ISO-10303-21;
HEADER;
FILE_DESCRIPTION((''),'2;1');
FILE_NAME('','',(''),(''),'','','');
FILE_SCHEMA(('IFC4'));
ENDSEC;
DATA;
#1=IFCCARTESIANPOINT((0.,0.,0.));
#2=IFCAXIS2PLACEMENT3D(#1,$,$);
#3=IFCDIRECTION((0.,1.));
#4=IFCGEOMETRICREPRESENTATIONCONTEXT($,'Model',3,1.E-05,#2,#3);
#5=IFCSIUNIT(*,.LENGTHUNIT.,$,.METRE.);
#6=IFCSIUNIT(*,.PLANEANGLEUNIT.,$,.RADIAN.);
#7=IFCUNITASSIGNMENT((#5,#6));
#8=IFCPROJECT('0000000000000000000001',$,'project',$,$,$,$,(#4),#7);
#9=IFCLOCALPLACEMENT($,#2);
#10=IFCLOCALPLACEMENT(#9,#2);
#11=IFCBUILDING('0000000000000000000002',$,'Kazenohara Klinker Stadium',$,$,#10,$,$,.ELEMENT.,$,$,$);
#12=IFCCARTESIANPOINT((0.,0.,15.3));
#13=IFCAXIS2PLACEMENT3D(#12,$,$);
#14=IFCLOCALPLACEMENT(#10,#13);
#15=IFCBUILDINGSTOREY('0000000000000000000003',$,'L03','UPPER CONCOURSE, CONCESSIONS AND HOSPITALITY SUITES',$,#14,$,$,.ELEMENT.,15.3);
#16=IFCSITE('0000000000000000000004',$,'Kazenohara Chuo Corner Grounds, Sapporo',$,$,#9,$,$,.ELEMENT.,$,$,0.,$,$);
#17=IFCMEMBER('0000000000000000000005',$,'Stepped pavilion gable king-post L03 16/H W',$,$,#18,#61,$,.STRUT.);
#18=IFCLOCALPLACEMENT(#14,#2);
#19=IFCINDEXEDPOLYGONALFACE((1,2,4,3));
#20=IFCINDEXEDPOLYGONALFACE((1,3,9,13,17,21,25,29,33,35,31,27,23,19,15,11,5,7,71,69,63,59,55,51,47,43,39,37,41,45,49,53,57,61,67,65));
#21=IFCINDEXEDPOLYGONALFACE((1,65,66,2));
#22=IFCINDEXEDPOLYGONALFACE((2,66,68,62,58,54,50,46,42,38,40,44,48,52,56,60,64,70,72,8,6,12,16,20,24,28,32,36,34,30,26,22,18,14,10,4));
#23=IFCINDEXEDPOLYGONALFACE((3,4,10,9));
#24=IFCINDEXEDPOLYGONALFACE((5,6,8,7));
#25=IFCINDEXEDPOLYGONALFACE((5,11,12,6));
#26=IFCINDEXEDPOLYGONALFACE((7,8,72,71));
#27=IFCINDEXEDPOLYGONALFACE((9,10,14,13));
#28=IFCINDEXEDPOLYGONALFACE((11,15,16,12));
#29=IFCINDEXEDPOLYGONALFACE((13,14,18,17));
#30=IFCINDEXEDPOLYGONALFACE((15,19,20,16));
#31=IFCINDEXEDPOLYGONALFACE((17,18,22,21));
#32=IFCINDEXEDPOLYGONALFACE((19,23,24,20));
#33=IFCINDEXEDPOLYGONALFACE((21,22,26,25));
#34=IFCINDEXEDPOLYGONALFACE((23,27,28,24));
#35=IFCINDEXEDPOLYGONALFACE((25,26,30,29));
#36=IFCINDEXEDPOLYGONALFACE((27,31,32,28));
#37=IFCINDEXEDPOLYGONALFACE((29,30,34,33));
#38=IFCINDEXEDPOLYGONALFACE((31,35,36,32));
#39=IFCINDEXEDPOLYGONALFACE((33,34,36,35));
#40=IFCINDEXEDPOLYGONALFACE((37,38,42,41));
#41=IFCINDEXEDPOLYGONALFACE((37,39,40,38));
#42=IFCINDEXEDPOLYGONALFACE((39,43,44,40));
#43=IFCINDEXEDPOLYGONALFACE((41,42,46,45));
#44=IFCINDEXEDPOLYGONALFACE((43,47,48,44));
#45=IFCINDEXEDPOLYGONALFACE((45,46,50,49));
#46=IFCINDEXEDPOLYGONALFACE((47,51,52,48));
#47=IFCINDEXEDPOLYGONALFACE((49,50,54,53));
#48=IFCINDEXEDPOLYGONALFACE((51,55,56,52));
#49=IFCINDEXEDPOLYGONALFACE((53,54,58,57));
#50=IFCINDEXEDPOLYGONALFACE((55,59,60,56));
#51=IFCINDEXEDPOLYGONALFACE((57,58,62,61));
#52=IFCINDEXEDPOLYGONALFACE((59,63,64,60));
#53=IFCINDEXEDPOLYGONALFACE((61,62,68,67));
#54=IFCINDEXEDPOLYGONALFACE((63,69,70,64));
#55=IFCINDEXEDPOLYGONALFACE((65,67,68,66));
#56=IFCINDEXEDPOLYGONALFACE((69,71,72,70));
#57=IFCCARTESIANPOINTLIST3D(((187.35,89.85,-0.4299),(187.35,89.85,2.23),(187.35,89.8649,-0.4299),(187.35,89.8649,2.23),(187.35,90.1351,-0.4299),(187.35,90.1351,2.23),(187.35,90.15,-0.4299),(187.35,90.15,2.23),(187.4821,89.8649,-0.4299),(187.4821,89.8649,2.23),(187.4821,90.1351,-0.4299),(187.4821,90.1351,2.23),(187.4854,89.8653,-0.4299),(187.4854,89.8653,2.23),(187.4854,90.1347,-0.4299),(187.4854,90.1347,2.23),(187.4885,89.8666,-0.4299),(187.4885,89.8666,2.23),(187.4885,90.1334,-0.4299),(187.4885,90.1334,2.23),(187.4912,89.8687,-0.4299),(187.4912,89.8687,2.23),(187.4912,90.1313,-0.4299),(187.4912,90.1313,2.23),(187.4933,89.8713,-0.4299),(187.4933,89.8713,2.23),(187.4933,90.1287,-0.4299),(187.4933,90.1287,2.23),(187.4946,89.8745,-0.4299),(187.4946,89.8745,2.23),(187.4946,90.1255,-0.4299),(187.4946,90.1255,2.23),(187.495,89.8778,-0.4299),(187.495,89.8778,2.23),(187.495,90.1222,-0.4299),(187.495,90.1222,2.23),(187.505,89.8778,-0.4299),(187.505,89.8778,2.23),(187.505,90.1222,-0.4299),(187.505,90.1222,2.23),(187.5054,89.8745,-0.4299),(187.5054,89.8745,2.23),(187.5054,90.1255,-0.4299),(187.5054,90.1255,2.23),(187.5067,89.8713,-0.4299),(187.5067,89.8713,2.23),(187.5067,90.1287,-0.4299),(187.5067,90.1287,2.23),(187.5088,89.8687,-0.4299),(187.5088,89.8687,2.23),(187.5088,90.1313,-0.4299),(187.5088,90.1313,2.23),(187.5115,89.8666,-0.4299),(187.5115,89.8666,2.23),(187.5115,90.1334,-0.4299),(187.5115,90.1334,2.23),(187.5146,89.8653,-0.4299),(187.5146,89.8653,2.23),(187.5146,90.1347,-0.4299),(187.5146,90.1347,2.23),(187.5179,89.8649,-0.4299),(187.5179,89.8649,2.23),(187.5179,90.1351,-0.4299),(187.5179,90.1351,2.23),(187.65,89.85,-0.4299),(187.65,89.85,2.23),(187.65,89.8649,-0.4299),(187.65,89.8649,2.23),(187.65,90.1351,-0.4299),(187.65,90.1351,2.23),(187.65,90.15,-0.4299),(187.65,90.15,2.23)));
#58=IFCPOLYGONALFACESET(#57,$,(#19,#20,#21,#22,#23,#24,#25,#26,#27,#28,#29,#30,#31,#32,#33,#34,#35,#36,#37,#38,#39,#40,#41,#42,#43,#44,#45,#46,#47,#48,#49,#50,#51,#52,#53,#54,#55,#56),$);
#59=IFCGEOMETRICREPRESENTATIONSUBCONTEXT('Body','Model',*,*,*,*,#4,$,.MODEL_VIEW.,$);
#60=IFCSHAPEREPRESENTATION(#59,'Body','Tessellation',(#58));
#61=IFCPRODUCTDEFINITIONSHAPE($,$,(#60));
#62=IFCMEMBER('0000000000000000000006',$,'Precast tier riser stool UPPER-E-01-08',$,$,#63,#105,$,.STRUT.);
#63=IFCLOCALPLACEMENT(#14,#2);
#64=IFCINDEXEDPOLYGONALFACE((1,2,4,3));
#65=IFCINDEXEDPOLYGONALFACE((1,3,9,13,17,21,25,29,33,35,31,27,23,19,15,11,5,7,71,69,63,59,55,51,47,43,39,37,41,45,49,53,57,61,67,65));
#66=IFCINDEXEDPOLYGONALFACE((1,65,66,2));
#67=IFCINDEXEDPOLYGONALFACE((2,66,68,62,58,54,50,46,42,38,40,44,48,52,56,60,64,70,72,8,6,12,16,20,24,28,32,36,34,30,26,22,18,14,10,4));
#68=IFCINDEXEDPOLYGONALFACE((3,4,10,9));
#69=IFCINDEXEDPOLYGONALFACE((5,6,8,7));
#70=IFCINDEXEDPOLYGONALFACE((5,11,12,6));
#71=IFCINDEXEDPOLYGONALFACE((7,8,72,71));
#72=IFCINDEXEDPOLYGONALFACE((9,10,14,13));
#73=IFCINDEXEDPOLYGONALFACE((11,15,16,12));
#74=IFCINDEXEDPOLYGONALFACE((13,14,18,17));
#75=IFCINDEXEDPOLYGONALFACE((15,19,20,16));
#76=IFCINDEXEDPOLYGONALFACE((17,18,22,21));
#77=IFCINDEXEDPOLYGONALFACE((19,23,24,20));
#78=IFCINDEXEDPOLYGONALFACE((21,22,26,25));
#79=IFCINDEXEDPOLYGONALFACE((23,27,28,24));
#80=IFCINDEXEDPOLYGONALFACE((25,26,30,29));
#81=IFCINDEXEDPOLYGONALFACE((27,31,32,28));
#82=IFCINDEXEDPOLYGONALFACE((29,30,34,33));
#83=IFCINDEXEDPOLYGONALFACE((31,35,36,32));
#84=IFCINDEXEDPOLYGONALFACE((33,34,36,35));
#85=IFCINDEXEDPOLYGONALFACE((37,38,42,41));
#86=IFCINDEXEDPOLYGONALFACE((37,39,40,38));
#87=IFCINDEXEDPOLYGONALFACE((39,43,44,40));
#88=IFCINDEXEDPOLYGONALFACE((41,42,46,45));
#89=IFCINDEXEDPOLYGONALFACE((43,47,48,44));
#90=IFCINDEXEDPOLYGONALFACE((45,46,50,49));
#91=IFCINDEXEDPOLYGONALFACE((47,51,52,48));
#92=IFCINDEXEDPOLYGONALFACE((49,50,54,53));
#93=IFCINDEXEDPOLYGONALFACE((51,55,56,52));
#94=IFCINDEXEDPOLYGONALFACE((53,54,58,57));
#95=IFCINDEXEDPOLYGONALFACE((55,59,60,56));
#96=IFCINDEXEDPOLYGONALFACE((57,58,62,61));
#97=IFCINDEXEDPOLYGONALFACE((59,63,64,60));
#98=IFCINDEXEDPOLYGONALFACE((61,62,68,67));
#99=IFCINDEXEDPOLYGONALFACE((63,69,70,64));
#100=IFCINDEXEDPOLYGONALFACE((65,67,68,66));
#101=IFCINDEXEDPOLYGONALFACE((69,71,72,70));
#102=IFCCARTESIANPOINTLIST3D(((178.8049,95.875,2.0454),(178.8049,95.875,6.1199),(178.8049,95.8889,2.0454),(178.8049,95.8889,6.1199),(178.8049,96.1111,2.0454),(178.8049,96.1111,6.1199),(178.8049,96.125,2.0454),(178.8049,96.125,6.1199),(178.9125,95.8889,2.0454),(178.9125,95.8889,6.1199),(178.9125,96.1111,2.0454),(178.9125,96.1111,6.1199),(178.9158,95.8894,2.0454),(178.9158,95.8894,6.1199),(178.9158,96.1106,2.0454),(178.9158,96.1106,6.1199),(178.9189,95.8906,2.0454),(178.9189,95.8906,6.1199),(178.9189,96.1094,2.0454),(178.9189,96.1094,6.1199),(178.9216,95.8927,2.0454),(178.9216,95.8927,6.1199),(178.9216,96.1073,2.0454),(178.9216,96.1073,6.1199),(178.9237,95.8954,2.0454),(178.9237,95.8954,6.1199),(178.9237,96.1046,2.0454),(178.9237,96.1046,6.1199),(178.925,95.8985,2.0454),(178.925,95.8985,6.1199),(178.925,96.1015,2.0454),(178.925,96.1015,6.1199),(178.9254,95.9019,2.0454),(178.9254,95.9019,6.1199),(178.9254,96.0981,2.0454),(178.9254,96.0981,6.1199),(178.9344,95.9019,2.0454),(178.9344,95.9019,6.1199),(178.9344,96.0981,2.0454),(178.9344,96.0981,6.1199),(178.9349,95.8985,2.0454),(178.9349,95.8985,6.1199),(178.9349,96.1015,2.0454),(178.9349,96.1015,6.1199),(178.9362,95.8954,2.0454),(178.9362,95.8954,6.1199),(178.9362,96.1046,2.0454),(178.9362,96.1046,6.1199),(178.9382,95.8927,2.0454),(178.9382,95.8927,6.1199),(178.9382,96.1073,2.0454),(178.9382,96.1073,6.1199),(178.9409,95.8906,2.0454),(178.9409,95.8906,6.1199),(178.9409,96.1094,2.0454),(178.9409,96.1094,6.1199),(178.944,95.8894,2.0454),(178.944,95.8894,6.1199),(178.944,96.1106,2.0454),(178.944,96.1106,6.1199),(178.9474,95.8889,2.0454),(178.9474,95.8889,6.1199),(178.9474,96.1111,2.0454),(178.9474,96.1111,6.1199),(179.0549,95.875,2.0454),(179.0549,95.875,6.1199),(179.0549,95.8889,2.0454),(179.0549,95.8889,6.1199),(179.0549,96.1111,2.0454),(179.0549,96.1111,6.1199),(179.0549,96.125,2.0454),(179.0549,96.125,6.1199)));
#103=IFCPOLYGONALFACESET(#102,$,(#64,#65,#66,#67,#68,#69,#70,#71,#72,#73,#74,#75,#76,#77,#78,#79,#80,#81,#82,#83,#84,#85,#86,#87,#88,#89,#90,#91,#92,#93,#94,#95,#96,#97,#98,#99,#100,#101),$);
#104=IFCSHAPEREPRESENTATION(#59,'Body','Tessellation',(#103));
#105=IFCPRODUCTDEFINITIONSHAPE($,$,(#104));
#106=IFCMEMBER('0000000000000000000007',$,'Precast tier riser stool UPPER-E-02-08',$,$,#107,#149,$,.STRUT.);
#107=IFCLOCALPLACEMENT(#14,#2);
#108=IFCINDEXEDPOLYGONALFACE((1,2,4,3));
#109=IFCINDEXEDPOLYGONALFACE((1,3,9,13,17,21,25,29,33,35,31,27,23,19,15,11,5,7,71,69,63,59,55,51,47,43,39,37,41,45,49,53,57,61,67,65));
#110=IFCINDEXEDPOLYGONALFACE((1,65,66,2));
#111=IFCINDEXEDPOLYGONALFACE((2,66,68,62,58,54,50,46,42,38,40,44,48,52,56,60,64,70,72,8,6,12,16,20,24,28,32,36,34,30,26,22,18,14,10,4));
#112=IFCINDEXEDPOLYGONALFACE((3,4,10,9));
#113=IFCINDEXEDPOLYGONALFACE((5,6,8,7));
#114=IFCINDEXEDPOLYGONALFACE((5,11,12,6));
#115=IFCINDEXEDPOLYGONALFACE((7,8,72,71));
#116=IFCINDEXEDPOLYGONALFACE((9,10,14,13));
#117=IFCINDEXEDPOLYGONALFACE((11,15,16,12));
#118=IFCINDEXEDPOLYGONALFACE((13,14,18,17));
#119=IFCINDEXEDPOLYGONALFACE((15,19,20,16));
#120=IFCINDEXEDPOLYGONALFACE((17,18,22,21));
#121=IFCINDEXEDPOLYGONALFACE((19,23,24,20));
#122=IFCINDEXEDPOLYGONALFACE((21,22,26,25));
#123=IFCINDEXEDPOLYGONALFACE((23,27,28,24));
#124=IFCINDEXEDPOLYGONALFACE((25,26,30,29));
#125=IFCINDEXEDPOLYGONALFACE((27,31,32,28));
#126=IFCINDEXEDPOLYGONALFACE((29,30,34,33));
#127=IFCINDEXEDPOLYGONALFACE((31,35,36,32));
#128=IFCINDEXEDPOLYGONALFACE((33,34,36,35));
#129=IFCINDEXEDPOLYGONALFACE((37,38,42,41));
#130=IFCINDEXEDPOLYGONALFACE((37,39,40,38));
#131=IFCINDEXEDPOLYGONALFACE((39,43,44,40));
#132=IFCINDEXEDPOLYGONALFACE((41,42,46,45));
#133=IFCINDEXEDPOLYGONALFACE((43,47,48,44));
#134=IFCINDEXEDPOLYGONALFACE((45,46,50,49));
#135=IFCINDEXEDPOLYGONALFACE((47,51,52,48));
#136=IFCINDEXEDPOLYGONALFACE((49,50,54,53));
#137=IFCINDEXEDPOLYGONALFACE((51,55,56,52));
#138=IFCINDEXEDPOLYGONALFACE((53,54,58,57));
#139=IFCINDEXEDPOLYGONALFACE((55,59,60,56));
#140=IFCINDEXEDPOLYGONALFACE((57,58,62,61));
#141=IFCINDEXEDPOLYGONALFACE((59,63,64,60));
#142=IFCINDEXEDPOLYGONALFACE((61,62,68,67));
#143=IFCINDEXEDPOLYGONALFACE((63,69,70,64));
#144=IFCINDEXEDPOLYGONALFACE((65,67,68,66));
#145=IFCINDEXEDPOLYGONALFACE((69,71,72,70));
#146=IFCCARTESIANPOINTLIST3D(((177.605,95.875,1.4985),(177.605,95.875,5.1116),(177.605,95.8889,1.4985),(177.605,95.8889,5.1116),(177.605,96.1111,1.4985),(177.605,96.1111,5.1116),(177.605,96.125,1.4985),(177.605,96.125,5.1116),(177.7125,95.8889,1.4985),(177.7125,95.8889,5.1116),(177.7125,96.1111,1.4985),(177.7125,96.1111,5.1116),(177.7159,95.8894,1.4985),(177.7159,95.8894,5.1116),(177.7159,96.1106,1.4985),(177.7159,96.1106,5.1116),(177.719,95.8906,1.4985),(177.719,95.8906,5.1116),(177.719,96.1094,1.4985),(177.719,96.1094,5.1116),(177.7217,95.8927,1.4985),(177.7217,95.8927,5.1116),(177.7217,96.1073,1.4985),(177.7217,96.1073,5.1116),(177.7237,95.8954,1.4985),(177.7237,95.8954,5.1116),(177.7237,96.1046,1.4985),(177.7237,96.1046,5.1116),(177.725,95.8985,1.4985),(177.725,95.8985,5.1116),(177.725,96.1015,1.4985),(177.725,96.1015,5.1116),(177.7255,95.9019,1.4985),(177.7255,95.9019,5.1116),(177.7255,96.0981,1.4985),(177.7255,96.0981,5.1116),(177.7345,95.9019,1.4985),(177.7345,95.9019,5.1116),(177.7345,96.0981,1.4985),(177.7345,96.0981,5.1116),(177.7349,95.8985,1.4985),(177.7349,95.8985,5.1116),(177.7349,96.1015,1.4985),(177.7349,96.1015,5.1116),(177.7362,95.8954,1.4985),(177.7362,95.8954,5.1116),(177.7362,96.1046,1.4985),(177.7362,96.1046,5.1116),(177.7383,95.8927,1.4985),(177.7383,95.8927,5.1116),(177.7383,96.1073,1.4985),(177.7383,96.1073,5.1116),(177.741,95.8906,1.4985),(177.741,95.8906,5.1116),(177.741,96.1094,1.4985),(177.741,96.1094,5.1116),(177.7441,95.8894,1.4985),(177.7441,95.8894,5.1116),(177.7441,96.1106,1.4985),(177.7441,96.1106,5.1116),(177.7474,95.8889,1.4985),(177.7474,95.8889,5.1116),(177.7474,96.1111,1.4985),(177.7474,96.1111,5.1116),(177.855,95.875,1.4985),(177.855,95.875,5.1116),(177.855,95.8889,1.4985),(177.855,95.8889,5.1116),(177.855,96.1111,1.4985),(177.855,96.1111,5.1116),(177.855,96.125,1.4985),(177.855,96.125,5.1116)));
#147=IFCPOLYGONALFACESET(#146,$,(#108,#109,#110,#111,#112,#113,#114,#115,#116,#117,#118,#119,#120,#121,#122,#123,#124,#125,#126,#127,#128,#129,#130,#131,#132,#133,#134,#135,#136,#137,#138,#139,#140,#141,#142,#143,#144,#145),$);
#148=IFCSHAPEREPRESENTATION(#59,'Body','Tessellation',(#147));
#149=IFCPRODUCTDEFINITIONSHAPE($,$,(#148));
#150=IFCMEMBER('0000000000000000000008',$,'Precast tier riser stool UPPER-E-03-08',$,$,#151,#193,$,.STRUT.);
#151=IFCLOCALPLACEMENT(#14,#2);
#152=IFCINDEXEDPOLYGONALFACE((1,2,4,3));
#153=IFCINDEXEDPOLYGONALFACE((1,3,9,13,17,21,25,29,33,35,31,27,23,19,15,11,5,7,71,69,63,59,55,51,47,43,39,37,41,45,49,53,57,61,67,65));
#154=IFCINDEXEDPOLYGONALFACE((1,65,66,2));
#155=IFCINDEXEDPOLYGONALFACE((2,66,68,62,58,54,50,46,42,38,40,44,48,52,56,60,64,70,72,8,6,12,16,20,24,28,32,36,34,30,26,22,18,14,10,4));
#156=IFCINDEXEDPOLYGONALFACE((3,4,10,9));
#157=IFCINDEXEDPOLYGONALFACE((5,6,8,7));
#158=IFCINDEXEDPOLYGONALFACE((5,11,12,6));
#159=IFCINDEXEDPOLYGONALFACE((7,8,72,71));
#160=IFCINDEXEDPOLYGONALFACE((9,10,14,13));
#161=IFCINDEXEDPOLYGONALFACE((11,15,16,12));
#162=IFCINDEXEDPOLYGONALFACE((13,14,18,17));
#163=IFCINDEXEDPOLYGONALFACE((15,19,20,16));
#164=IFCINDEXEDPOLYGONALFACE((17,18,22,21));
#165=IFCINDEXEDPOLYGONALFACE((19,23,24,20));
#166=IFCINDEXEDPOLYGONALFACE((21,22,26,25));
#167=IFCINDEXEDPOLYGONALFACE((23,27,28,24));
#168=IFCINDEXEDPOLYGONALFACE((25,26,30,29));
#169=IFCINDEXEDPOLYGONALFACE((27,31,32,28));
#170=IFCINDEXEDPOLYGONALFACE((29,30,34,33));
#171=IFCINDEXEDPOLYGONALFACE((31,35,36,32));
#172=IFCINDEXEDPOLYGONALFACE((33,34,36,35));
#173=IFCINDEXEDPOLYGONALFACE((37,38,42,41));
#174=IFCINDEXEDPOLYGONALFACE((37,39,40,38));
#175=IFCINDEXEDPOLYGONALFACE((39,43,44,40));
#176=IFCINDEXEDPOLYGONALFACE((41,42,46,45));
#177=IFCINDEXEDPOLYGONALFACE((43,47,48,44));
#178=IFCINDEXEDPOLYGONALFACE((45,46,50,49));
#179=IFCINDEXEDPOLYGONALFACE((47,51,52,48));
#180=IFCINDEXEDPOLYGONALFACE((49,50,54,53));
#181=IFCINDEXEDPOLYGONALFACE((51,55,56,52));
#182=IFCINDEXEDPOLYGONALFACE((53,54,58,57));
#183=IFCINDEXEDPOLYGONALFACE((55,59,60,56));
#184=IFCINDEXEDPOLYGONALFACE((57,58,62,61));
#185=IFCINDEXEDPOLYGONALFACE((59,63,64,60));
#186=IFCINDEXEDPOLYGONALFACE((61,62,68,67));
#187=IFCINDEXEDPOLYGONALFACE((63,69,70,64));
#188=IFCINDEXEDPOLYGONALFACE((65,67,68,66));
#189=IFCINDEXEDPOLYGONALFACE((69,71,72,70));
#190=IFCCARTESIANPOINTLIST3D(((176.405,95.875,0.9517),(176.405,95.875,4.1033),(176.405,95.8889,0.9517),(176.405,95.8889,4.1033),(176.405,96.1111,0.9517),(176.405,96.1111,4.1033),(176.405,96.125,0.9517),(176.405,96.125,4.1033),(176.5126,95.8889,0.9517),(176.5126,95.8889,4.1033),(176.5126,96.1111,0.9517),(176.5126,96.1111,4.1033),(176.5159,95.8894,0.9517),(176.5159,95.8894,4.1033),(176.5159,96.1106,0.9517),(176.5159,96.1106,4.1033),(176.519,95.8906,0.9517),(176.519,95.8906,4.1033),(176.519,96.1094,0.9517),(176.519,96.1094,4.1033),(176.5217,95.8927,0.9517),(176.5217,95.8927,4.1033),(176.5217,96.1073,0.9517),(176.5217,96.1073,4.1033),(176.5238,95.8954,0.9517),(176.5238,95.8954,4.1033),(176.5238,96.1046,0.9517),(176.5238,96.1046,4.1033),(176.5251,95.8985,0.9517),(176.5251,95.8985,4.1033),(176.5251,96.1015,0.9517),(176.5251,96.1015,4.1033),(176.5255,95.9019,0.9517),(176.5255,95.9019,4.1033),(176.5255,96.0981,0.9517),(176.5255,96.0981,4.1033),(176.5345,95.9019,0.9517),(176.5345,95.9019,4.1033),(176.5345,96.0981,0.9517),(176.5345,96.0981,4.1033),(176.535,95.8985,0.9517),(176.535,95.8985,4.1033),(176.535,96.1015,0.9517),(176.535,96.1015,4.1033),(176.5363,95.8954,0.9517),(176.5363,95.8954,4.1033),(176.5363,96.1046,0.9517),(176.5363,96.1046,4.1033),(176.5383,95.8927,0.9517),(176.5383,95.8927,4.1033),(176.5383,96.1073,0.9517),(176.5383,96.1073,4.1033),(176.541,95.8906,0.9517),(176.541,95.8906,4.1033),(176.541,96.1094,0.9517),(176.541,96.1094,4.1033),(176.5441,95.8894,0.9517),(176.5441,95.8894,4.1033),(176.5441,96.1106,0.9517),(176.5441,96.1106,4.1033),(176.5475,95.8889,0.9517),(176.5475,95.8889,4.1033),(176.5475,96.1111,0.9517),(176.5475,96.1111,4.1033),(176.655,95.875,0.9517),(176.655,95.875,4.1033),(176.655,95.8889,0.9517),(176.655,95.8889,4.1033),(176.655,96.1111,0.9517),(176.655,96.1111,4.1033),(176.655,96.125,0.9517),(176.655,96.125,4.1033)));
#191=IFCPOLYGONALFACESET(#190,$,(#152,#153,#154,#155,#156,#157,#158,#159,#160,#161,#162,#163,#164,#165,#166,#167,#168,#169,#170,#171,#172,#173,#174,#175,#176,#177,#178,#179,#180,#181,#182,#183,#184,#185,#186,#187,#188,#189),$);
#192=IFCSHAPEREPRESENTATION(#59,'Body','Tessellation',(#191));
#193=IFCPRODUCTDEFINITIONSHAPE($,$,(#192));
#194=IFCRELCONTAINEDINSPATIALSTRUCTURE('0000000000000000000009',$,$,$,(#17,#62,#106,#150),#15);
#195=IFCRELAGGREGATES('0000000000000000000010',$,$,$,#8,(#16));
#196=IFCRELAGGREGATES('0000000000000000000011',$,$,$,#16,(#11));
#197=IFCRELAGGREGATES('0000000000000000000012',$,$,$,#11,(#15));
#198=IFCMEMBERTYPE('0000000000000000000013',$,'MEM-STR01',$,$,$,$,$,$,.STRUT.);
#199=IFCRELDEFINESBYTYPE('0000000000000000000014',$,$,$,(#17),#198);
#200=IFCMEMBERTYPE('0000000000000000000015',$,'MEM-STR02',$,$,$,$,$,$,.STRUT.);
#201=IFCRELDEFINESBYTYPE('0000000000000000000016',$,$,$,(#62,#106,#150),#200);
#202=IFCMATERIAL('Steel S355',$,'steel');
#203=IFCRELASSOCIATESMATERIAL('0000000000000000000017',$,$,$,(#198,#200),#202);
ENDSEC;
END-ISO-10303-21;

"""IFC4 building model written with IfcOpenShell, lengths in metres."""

from ifc_helpers import new_model, si_unit, direction, frame, origin, origin_2d, place, context, subcontext, project, spatial, i_section, extrude, material, material_profile, profile_set, type_object, element, save


model = new_model("IFC4")

# Units and contexts
model_context = context("Model", 3, precision=1e-05, world=origin(), true_north=direction((0.0, 1.0)))
body_context = subcontext(model_context, "Body", "Model", "MODEL_VIEW")
ifc_project = project(units=[si_unit("LENGTHUNIT", "METRE"), si_unit("PLANEANGLEUNIT", "RADIAN")], contexts=[model_context])

# Site, building, storey
site_placement = place(None, origin())
site = spatial("IfcSite", under=ifc_project, at=site_placement, Name="Kazenohara Chuo Corner Grounds, Sapporo", CompositionType="ELEMENT", RefElevation=0.0)
building_placement = place(site_placement, origin())
building = spatial("IfcBuilding", under=site, at=building_placement, Name="Kazenohara Klinker Stadium", CompositionType="ELEMENT")
storey_placement = place(building_placement, frame((0.0, 0.0, 15.3)))
storey = spatial("IfcBuildingStorey", under=building, at=storey_placement, Name="L03", Description="UPPER CONCOURSE, CONCESSIONS AND HOSPITALITY SUITES", CompositionType="ELEMENT", Elevation=15.3)

# Shared definitions
ifc_material_1 = material(Name="Steel S355", Category="steel")

# Members
ifc_material_profile_1 = material_profile(ifc_material_1, i_section(OverallWidth=0.3, OverallDepth=0.3, WebThickness=0.01, FlangeThickness=0.0149, FilletRadius=0.0129, at=origin_2d()), Name="H-300x300x10x15")
ifc_profile_set_1 = profile_set([ifc_material_profile_1], Name="Steel S355")
member_type_1 = type_object("IfcMemberType", Name="MEM-STR01", PredefinedType="STRUT", material=ifc_profile_set_1)
member_1_placement = place(storey_placement, frame((187.5, 90.0, -0.4299), z_axis=(0.0, 0.0, 1.0), x_axis=(1.0, 0.0, 0.0)))
element("IfcMember", 1, at=member_1_placement, inside=storey, type_object=member_type_1, Name="Stepped pavilion gable king-post L03 16/H W", PredefinedType="STRUT", context=body_context, shape_type="SweptSolid", body=[
    extrude(i_section(OverallWidth=0.3, OverallDepth=0.3, WebThickness=0.01, FlangeThickness=0.0149, FilletRadius=0.0129, at=origin_2d()), origin(), (0.0, 0.0, 1.0), 2.6599),
])
ifc_material_profile_2 = material_profile(ifc_material_1, i_section(OverallWidth=0.25, OverallDepth=0.25, WebThickness=0.009, FlangeThickness=0.0139, FilletRadius=0.0129, at=origin_2d()), Name="H-250x250x9x14")
ifc_profile_set_2 = profile_set([ifc_material_profile_2], Name="Steel S355")
member_type_2 = type_object("IfcMemberType", Name="MEM-STR02", PredefinedType="STRUT", material=ifc_profile_set_2)
member_2_placement = place(storey_placement, frame((178.9299, 96.0, 2.0454), z_axis=(0.0, 0.0, 1.0), x_axis=(1.0, 0.0, 0.0)))
element("IfcMember", 2, at=member_2_placement, inside=storey, type_object=member_type_2, Name="Precast tier riser stool UPPER-E-01-08", PredefinedType="STRUT", context=body_context, shape_type="SweptSolid", body=[
    extrude(i_section(OverallWidth=0.25, OverallDepth=0.25, WebThickness=0.009, FlangeThickness=0.0139, FilletRadius=0.0129, at=origin_2d()), origin(), (0.0, 0.0, 1.0), 4.0745),
])
member_3_placement = place(storey_placement, frame((177.73, 96.0, 1.4985), z_axis=(0.0, 0.0, 1.0), x_axis=(1.0, 0.0, 0.0)))
element("IfcMember", 3, at=member_3_placement, inside=storey, type_object=member_type_2, Name="Precast tier riser stool UPPER-E-02-08", PredefinedType="STRUT", context=body_context, shape_type="SweptSolid", body=[
    extrude(i_section(OverallWidth=0.25, OverallDepth=0.25, WebThickness=0.009, FlangeThickness=0.0139, FilletRadius=0.0129, at=origin_2d()), origin(), (0.0, 0.0, 1.0), 3.613),
])
member_4_placement = place(storey_placement, frame((176.53, 96.0, 0.9517), z_axis=(0.0, 0.0, 1.0), x_axis=(1.0, 0.0, 0.0)))
element("IfcMember", 4, at=member_4_placement, inside=storey, type_object=member_type_2, Name="Precast tier riser stool UPPER-E-03-08", PredefinedType="STRUT", context=body_context, shape_type="SweptSolid", body=[
    extrude(i_section(OverallWidth=0.25, OverallDepth=0.25, WebThickness=0.009, FlangeThickness=0.0139, FilletRadius=0.0129, at=origin_2d()), origin(), (0.0, 0.0, 1.0), 3.1516),
])

save(model, "model.ifc")
